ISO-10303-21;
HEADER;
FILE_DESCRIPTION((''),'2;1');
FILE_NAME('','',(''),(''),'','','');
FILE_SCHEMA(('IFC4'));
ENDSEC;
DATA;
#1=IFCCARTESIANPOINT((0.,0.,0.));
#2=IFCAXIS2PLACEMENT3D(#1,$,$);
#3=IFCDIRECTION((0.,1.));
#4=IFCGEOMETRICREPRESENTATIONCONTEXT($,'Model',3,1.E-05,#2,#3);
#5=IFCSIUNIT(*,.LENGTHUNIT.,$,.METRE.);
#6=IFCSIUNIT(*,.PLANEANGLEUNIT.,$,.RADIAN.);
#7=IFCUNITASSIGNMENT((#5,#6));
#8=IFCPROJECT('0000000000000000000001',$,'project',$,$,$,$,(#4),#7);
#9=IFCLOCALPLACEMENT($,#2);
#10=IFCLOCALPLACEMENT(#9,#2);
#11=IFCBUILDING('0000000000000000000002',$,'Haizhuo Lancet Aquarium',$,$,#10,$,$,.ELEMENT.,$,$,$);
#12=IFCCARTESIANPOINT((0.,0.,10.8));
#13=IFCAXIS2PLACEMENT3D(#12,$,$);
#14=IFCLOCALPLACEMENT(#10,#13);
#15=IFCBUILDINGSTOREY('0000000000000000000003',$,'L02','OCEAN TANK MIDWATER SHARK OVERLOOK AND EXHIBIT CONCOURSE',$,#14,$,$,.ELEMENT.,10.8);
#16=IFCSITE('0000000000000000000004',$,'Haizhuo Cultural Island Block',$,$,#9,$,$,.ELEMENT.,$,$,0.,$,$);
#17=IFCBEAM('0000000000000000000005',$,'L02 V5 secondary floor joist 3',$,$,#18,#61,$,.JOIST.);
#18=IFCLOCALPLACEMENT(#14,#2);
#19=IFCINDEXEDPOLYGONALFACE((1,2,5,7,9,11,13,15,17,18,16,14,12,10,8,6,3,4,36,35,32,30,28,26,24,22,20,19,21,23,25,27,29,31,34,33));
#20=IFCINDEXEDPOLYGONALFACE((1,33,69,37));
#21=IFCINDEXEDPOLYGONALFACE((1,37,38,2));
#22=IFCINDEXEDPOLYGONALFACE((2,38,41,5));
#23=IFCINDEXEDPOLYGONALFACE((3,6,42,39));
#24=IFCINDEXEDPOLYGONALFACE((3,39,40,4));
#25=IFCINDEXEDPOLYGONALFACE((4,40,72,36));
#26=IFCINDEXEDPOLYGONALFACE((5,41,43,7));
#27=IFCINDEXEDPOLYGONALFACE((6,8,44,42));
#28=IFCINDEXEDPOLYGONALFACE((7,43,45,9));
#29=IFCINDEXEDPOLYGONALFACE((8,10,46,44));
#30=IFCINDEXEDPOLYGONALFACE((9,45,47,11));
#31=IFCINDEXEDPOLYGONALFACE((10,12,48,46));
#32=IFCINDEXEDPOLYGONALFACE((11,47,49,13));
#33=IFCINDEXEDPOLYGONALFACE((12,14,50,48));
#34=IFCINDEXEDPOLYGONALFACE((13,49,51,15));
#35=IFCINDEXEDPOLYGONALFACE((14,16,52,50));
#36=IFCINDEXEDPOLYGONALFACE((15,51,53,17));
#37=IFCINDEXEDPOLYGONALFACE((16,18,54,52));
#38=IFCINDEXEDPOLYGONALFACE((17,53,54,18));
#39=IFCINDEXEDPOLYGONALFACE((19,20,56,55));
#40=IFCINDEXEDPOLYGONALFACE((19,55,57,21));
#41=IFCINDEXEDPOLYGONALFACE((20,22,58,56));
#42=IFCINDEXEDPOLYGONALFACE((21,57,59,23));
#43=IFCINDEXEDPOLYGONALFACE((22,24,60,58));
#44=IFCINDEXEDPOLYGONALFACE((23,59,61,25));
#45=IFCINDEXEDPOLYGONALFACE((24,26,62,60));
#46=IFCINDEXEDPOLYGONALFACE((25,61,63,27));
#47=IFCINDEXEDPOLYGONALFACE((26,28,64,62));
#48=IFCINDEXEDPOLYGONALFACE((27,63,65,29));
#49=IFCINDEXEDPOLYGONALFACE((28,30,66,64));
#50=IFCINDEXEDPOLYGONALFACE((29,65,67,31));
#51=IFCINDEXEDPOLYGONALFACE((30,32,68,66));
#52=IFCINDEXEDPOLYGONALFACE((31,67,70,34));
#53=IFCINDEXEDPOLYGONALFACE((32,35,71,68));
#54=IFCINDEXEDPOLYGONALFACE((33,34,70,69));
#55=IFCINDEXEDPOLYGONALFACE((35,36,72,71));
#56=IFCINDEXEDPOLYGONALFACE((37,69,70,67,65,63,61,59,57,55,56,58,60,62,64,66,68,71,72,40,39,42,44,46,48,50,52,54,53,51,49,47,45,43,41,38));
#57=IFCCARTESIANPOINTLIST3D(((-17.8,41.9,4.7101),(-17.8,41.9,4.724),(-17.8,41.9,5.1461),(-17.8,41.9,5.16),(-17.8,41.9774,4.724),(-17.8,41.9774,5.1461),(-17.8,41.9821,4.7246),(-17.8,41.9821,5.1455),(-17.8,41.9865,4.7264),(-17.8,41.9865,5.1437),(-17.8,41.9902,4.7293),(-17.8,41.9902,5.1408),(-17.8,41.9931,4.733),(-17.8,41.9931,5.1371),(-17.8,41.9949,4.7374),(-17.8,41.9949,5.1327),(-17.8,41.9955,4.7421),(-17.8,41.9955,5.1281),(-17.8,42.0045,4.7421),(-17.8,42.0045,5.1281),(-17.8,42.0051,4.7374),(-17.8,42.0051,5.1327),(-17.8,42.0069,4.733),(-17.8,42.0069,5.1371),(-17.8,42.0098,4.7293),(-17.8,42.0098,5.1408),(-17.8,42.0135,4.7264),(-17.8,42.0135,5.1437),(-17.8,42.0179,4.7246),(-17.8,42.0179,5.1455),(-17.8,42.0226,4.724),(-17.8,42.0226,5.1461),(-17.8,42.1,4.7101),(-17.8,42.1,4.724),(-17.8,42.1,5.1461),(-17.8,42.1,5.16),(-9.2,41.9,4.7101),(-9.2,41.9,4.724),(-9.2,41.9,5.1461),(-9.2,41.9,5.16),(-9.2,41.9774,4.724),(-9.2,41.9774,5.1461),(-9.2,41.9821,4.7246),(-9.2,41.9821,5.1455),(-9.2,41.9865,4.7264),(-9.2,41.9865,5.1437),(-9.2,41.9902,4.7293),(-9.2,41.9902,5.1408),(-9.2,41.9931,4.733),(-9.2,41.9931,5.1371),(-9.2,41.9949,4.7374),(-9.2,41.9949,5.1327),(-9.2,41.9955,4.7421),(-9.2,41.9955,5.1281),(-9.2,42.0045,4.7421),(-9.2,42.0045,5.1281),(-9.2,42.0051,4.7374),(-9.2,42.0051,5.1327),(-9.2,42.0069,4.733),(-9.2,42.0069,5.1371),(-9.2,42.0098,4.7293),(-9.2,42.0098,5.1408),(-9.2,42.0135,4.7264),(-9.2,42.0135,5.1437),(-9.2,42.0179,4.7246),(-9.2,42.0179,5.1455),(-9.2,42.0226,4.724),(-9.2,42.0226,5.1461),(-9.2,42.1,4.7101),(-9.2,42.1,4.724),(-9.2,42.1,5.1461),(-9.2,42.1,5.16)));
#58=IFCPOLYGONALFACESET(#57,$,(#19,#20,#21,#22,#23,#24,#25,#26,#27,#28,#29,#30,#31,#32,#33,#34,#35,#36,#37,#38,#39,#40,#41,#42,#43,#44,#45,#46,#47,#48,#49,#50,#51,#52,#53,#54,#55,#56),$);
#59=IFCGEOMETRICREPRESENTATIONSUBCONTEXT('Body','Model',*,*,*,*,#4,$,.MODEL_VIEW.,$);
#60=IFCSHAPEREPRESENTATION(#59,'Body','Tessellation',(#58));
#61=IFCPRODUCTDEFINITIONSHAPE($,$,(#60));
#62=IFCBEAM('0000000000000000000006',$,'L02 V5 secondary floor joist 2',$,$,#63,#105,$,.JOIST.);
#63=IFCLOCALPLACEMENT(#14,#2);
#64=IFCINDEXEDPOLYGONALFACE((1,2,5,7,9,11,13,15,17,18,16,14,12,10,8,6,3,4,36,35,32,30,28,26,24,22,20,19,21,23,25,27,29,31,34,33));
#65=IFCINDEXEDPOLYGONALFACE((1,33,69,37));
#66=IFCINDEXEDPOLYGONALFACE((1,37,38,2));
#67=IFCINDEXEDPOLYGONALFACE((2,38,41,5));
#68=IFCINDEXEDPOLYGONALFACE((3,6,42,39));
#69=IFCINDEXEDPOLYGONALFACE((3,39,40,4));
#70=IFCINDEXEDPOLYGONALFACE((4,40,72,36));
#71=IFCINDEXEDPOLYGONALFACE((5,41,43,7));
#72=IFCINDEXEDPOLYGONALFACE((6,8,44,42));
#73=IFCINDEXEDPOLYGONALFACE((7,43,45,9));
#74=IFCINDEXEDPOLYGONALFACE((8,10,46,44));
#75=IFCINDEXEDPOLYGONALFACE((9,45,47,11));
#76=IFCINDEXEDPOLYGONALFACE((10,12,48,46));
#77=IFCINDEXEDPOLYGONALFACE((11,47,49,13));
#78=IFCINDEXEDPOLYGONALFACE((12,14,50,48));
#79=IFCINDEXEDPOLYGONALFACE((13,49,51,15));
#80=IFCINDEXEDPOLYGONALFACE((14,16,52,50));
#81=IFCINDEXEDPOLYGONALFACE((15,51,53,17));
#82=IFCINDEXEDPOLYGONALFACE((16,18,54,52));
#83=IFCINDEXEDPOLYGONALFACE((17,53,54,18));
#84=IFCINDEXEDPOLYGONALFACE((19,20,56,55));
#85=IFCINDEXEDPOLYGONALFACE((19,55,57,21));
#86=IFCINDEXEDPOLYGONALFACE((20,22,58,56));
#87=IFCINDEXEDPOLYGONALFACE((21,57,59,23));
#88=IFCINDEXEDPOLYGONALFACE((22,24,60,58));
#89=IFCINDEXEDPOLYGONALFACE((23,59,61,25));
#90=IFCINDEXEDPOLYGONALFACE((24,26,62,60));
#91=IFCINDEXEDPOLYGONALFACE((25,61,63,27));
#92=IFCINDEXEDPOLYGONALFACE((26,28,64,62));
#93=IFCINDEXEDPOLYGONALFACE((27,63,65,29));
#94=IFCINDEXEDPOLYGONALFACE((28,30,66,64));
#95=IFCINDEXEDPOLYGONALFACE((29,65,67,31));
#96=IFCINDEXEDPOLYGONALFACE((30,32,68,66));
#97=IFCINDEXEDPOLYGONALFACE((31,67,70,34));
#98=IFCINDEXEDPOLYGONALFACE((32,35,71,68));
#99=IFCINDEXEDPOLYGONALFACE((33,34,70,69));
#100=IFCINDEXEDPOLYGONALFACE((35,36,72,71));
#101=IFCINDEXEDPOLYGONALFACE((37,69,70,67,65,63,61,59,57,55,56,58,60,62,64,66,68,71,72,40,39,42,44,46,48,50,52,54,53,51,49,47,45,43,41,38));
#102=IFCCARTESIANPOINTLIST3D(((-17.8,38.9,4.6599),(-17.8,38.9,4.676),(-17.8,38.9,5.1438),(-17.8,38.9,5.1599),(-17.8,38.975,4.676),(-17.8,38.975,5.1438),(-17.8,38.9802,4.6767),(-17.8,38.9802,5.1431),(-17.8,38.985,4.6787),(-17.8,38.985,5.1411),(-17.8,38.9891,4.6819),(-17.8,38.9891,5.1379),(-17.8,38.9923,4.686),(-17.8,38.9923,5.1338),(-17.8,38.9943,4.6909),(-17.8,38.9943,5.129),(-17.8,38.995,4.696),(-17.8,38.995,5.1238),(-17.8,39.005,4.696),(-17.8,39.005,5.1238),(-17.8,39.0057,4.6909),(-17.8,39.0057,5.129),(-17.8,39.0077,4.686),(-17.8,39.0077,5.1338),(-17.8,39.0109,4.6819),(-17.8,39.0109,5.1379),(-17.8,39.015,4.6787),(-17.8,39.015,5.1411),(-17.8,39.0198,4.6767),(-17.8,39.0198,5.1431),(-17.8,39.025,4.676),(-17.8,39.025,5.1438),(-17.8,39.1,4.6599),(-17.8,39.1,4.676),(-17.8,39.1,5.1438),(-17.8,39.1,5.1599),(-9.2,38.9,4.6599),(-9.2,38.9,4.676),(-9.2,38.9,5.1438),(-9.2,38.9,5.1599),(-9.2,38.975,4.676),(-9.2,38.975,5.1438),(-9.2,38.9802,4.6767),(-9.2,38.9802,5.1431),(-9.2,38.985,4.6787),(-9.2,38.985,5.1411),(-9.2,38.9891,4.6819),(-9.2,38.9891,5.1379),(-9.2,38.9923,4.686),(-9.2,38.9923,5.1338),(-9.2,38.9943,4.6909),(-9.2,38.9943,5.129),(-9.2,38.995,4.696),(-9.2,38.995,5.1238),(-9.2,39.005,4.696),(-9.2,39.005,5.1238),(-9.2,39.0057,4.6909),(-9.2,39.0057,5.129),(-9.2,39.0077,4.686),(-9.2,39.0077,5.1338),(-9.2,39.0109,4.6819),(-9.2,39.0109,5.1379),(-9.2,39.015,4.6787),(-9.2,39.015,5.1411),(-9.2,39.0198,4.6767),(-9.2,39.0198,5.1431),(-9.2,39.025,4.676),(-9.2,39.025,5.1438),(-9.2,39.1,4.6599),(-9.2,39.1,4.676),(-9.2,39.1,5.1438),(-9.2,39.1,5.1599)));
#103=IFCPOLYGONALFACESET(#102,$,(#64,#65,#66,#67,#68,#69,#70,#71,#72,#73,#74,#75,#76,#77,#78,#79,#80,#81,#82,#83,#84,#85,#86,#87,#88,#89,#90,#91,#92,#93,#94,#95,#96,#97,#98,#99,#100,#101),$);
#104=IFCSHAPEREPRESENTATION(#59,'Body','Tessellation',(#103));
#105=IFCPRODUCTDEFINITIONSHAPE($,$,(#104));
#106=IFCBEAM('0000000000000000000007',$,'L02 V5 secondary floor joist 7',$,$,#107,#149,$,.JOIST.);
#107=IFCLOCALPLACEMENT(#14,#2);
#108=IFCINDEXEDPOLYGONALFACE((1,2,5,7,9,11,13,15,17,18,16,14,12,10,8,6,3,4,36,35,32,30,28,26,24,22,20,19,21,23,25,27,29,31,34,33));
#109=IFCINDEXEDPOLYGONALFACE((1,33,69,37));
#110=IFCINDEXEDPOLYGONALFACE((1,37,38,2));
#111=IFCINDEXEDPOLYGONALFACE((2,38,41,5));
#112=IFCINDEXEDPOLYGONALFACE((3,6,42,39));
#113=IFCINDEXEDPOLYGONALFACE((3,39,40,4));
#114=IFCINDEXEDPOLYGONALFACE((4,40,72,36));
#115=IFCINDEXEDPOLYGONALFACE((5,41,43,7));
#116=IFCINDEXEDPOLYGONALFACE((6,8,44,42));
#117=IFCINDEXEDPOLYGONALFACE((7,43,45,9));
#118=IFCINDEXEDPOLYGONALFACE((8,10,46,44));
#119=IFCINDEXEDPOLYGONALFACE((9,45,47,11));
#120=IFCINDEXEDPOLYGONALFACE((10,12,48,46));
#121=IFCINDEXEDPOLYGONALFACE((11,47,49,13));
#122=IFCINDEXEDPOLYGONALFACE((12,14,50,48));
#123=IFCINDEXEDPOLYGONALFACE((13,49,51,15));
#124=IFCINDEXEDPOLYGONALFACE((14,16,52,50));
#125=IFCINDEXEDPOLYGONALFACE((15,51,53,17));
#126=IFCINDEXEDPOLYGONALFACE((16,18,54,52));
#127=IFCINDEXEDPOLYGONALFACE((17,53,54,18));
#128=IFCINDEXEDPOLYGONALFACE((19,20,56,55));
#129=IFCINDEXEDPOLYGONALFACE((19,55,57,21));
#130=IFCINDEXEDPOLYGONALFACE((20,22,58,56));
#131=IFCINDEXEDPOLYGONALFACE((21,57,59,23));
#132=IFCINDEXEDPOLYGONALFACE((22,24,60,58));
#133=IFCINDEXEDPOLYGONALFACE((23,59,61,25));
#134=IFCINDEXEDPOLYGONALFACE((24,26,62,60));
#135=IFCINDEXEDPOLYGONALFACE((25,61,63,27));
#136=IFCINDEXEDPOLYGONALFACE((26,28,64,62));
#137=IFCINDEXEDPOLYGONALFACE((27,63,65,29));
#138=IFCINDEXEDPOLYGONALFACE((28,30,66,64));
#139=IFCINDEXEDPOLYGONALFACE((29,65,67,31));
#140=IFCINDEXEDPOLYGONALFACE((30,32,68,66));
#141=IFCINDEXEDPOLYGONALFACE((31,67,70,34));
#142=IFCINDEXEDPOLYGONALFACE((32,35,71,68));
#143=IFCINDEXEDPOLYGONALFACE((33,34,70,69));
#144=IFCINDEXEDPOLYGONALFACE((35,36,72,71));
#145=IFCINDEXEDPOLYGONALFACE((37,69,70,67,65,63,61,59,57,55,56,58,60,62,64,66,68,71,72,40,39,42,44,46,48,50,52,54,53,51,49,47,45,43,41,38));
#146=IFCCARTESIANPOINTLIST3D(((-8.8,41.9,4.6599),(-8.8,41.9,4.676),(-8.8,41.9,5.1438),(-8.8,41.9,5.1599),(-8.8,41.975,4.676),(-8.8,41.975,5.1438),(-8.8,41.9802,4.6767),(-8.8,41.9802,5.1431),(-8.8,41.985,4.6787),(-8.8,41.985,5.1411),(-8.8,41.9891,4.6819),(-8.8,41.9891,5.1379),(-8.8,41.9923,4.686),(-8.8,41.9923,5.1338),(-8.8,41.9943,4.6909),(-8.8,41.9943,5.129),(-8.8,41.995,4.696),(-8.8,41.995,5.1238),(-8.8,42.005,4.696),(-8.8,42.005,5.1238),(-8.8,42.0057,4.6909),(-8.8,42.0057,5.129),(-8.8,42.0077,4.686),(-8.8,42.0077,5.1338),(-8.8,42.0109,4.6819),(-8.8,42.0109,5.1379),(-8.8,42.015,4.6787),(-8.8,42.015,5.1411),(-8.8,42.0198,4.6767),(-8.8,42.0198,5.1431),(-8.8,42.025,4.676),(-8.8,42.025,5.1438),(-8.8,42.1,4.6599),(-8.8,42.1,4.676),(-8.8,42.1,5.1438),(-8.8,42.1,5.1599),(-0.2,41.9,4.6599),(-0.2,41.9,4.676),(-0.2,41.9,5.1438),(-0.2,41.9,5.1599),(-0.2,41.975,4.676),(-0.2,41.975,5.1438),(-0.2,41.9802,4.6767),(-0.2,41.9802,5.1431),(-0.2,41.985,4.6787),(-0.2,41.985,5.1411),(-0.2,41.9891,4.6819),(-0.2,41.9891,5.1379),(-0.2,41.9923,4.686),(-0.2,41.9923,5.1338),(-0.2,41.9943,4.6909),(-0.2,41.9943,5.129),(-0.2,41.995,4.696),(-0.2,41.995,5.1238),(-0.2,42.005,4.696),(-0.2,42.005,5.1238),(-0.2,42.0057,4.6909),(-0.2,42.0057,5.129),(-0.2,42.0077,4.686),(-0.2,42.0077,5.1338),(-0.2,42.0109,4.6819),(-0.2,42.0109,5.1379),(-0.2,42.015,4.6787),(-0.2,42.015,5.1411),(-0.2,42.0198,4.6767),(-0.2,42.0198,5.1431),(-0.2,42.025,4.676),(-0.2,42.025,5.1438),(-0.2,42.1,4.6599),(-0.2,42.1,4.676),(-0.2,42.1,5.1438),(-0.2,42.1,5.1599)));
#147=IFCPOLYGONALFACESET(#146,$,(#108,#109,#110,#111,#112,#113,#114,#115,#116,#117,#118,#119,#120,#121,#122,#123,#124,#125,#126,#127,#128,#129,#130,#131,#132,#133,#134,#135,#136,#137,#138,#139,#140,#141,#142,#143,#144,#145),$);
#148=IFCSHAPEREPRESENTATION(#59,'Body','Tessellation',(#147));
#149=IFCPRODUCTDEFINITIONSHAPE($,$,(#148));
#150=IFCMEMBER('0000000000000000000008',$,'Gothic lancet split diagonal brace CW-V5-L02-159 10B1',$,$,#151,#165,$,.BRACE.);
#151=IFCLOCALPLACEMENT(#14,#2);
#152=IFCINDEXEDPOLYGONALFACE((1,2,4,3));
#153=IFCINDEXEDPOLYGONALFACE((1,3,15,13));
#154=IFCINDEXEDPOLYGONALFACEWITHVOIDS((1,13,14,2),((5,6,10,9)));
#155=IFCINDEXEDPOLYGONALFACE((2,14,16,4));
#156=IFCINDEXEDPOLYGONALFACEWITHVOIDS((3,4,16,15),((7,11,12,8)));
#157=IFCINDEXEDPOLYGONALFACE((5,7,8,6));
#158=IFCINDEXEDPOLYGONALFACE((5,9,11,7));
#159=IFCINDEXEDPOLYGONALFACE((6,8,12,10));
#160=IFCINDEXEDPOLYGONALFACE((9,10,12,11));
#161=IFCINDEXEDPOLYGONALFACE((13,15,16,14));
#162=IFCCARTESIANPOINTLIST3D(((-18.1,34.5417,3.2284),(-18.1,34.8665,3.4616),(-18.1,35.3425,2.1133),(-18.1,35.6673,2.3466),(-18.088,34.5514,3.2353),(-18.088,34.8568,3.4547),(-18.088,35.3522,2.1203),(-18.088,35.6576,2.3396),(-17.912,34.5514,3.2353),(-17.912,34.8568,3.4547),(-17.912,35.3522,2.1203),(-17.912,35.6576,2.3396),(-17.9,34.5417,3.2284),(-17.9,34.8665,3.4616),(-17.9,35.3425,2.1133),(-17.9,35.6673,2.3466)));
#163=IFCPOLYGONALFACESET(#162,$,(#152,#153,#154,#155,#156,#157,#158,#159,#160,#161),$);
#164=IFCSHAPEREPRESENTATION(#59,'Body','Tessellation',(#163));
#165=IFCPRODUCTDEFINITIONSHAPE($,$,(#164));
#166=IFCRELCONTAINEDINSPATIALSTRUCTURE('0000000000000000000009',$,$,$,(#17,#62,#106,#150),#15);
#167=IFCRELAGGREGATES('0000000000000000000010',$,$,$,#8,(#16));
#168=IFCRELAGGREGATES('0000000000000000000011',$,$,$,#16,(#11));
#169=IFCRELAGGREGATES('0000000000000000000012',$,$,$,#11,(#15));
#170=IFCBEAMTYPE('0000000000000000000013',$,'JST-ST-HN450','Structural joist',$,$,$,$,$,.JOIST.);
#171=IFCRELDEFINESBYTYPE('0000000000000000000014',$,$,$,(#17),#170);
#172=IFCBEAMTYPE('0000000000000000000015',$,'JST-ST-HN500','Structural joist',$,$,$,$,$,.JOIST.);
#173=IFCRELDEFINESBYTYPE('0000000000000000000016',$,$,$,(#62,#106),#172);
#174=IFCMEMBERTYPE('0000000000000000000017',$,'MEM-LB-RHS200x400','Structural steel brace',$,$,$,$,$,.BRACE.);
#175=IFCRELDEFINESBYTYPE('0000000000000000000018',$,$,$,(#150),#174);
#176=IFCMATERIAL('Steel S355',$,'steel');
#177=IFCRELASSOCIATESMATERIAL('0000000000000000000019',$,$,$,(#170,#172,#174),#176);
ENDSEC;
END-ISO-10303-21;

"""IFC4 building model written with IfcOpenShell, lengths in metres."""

from ifc_helpers import new_model, si_unit, direction, frame, origin, origin_2d, place, context, subcontext, project, spatial, hollow_rectangle, i_section, extrude, material, material_profile, profile_set, type_object, element, save


model = new_model("IFC4")

# Units and contexts
model_context = context("Model", 3, precision=1e-05, world=origin(), true_north=direction((0.0, 1.0)))
body_context = subcontext(model_context, "Body", "Model", "MODEL_VIEW")
ifc_project = project(units=[si_unit("LENGTHUNIT", "METRE"), si_unit("PLANEANGLEUNIT", "RADIAN")], contexts=[model_context])

# Site, building, storey
site_placement = place(None, origin())
site = spatial("IfcSite", under=ifc_project, at=site_placement, Name="Haizhuo Cultural Island Block", CompositionType="ELEMENT", RefElevation=0.0)
building_placement = place(site_placement, origin())
building = spatial("IfcBuilding", under=site, at=building_placement, Name="Haizhuo Lancet Aquarium", CompositionType="ELEMENT")
storey_placement = place(building_placement, frame((0.0, 0.0, 10.8)))
storey = spatial("IfcBuildingStorey", under=building, at=storey_placement, Name="L02", Description="OCEAN TANK MIDWATER SHARK OVERLOOK AND EXHIBIT CONCOURSE", CompositionType="ELEMENT", Elevation=10.8)

# Beams
ifc_material_1 = material(Name="Steel S355", Category="steel")
ifc_material_profile_1 = material_profile(ifc_material_1, i_section(OverallWidth=0.2, OverallDepth=0.45, WebThickness=0.009, FlangeThickness=0.0139, FilletRadius=0.0181, at=origin_2d()), Name="HN 450x200x9x14")
ifc_profile_set_1 = profile_set([ifc_material_profile_1], Name="Steel S355")
beam_type_1 = type_object("IfcBeamType", Name="JST-ST-HN450", Description="Structural joist", PredefinedType="JOIST", material=ifc_profile_set_1)
beam_1_placement = place(storey_placement, frame((-17.8, 42.0, 4.9351), z_axis=(1.0, 0.0, 0.0), x_axis=(0.0, 1.0, 0.0)))
element("IfcBeam", 1, at=beam_1_placement, inside=storey, type_object=beam_type_1, Name="L02 V5 secondary floor joist 3", PredefinedType="JOIST", context=body_context, shape_type="SweptSolid", body=[
    extrude(i_section(OverallWidth=0.2, OverallDepth=0.45, WebThickness=0.009, FlangeThickness=0.0139, FilletRadius=0.0181, at=origin_2d()), origin(), (0.0, 0.0, 1.0), 8.6001),
])
ifc_material_profile_2 = material_profile(ifc_material_1, i_section(OverallWidth=0.2, OverallDepth=0.5, WebThickness=0.01, FlangeThickness=0.0161, FilletRadius=0.02, at=origin_2d()), Name="HN 500x200x10x16")
ifc_profile_set_2 = profile_set([ifc_material_profile_2], Name="Steel S355")
beam_type_2 = type_object("IfcBeamType", Name="JST-ST-HN500", Description="Structural joist", PredefinedType="JOIST", material=ifc_profile_set_2)
for number, where, z_axis, x_axis, name in (
    (2, (-17.8, 39.0, 4.9099), (1.0, 0.0, 0.0), (0.0, 1.0, 0.0), "L02 V5 secondary floor joist 2"),
    (3, (-8.8, 42.0, 4.9099), (1.0, 0.0, 0.0), (0.0, 1.0, 0.0), "L02 V5 secondary floor joist 7"),
):
    element("IfcBeam", number, at=place(storey_placement, frame(where, z_axis=z_axis, x_axis=x_axis)), inside=storey, type_object=beam_type_2, Name=name, PredefinedType="JOIST", context=body_context, shape_type="SweptSolid", body=[
        extrude(i_section(OverallWidth=0.2, OverallDepth=0.5, WebThickness=0.01, FlangeThickness=0.0161, FilletRadius=0.02, at=origin_2d()), origin(), (0.0, 0.0, 1.0), 8.6001),
    ])

# Member
ifc_material_profile_3 = material_profile(ifc_material_1, hollow_rectangle(XDim=0.2, YDim=0.3999, WallThickness=0.012, at=origin_2d()), Name="RHS 200x400x12")
ifc_profile_set_3 = profile_set([ifc_material_profile_3], Name="Steel S355")
member_type = type_object("IfcMemberType", Name="MEM-LB-RHS200x400", Description="Structural steel brace", PredefinedType="BRACE", material=ifc_profile_set_3)
member_placement = place(storey_placement, frame((-18.0, 35.5049, 2.23), z_axis=(0.0, -0.583339, 0.812229), x_axis=(1.0, 0.0, 0.0)))
element("IfcMember", 4, at=member_placement, inside=storey, type_object=member_type, Name="Gothic lancet split diagonal brace CW-V5-L02-159 10B1", PredefinedType="BRACE", context=body_context, shape_type="SweptSolid", body=[
    extrude(hollow_rectangle(XDim=0.2, YDim=0.3999, WallThickness=0.012, at=origin_2d()), origin(), (0.0, 0.0, 1.0), 1.3728),
])

save(model, "model.ifc")
